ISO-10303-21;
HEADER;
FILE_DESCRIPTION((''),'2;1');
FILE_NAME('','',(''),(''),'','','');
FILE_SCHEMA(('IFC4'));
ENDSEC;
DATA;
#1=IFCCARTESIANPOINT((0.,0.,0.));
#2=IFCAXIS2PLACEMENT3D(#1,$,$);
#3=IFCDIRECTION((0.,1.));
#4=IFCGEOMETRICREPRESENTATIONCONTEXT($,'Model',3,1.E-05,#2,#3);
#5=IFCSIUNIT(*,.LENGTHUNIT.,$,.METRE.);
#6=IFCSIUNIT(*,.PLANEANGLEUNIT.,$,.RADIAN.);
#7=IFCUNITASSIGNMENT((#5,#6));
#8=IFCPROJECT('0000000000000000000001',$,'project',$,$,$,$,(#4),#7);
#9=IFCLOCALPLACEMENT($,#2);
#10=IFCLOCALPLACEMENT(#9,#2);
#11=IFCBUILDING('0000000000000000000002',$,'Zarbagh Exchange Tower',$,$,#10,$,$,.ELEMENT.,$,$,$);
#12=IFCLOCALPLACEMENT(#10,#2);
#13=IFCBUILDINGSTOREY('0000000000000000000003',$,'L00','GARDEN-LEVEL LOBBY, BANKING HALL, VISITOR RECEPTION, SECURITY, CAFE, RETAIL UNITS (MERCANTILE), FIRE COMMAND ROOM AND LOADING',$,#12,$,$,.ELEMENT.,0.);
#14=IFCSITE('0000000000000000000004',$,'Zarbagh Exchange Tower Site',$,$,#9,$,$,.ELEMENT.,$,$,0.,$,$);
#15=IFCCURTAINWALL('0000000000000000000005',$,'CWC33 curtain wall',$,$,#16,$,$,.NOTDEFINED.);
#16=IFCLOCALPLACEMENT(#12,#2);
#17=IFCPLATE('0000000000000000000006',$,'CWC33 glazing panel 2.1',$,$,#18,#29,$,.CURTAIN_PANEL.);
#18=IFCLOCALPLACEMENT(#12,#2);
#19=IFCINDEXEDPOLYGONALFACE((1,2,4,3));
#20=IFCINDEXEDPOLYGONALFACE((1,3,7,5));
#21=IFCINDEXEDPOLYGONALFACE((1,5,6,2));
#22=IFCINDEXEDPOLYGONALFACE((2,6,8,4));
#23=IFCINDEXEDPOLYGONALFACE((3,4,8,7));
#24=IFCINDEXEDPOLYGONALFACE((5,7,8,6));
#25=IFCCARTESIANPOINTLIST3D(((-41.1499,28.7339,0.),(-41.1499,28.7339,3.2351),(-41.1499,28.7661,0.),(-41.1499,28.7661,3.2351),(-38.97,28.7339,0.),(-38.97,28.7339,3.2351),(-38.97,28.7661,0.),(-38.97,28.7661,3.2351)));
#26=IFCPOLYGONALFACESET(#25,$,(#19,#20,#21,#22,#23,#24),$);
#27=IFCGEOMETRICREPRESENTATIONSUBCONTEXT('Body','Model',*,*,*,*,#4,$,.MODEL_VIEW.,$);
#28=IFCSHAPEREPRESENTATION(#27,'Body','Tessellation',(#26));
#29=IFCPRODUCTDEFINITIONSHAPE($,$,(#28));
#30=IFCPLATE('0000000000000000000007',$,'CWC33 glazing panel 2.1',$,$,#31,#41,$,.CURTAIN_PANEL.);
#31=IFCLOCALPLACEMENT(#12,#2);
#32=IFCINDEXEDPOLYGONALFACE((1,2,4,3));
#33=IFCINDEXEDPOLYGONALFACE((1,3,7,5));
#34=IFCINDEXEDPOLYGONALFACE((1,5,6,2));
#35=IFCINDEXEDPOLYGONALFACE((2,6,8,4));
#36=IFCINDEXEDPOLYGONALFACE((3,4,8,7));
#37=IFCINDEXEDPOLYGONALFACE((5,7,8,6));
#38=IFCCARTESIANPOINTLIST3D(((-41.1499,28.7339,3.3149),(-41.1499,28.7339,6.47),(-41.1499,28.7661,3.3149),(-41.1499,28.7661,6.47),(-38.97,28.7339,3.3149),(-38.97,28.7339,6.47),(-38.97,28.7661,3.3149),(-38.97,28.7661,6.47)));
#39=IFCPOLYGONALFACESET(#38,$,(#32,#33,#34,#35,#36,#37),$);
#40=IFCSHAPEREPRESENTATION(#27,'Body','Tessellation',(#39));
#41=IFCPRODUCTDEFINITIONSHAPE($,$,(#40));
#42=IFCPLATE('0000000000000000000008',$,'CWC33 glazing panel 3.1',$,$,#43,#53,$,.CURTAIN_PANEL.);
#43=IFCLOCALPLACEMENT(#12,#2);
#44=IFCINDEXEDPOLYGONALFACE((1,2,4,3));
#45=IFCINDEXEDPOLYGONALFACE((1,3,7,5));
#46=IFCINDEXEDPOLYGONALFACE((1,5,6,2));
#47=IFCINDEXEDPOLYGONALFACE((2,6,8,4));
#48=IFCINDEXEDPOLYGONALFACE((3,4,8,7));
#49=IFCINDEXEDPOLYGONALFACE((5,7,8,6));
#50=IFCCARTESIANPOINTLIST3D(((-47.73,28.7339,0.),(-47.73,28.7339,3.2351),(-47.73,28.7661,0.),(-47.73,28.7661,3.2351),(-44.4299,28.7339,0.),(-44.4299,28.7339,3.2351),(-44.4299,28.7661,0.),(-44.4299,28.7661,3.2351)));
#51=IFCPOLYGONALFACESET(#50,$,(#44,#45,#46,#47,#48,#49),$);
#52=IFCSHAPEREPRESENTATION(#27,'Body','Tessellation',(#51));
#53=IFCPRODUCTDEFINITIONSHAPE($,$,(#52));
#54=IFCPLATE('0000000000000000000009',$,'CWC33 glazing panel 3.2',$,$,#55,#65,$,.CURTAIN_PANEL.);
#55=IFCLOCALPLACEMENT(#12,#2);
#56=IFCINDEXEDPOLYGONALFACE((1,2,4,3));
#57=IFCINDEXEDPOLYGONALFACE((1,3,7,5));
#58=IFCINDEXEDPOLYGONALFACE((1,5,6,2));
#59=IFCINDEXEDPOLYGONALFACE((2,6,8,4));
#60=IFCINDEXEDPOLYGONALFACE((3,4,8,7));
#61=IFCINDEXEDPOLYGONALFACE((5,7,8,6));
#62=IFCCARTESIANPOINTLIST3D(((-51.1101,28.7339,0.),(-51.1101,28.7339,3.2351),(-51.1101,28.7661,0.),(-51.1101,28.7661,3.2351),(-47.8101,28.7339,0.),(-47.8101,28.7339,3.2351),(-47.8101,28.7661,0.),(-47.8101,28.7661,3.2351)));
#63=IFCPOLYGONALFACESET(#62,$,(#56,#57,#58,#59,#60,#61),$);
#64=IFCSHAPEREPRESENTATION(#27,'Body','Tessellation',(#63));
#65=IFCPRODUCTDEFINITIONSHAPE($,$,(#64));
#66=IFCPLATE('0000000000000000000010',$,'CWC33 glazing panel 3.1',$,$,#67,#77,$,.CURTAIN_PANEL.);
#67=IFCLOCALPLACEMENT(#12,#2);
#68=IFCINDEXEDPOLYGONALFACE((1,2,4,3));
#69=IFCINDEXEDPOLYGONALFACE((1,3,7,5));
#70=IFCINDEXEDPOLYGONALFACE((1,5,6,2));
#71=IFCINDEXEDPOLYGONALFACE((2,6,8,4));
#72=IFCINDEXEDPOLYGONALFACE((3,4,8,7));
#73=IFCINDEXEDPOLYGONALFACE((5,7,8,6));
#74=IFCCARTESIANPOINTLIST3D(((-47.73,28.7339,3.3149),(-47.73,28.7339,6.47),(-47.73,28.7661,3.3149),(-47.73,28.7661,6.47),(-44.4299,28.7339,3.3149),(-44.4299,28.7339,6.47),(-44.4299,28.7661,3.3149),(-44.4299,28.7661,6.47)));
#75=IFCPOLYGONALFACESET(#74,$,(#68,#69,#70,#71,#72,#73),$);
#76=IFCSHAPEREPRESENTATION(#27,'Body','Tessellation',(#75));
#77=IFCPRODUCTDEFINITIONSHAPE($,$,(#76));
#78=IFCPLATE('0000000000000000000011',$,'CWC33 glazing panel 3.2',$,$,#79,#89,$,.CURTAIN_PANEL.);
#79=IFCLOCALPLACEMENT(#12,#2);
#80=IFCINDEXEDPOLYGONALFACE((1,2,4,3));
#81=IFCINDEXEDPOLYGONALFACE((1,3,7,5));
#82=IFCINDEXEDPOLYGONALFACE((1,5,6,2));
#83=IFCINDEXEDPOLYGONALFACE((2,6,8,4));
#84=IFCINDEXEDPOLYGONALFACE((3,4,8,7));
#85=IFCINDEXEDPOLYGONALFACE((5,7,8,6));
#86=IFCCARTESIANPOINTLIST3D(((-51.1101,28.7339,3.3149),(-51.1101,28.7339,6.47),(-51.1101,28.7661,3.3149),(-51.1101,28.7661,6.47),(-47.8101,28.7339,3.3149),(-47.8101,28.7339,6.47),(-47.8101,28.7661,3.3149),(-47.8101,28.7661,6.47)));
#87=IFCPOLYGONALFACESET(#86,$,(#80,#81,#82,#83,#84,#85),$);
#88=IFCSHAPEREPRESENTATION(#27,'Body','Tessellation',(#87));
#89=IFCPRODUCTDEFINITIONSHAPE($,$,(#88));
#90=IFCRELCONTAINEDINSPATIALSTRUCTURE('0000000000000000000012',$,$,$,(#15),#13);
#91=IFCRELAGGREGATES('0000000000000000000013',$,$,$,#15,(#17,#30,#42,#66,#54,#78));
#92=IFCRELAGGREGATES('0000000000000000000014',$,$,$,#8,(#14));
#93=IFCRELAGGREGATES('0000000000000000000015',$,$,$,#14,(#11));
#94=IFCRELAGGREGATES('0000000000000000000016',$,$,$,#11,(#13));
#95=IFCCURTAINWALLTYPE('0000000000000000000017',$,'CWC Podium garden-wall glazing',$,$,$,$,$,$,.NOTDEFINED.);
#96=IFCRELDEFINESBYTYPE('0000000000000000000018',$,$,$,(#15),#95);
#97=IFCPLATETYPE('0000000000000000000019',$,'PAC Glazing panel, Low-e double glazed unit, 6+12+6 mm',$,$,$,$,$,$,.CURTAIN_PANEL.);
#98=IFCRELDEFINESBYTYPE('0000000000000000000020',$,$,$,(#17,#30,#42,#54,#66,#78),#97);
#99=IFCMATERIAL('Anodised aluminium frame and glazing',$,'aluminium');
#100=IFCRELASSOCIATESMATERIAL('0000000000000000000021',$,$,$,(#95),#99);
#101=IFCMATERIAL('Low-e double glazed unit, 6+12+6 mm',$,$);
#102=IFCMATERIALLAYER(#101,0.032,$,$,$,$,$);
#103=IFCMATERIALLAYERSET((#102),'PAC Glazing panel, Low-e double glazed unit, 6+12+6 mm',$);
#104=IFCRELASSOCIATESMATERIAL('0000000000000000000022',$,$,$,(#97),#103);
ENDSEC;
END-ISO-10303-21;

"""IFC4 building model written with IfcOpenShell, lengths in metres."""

from ifc_helpers import new_model, si_unit, direction, origin, place, context, subcontext, project, spatial, polyline, outline, extrude, source, transform, mapped, material, layer, layer_set, type_object, element, aggregate, save


model = new_model("IFC4")

# Units and contexts
model_context = context("Model", 3, precision=1e-05, world=origin(), true_north=direction((0.0, 1.0)))
body_context = subcontext(model_context, "Body", "Model", "MODEL_VIEW")
ifc_project = project(units=[si_unit("LENGTHUNIT", "METRE"), si_unit("PLANEANGLEUNIT", "RADIAN")], contexts=[model_context])

# Site, building, storey
site_placement = place(None, origin())
site = spatial("IfcSite", under=ifc_project, at=site_placement, Name="Zarbagh Exchange Tower Site", CompositionType="ELEMENT", RefElevation=0.0)
building_placement = place(site_placement, origin())
building = spatial("IfcBuilding", under=site, at=building_placement, Name="Zarbagh Exchange Tower", CompositionType="ELEMENT")
storey_placement = place(building_placement, origin())
storey = spatial("IfcBuildingStorey", under=building, at=storey_placement, Name="L00", Description="GARDEN-LEVEL LOBBY, BANKING HALL, VISITOR RECEPTION, SECURITY, CAFE, RETAIL UNITS (MERCANTILE), FIRE COMMAND ROOM AND LOADING", CompositionType="ELEMENT", Elevation=0.0)

# Curtain wall
ifc_material_1 = material(Name="Anodised aluminium frame and glazing", Category="aluminium")
curtain_wall_type = type_object("IfcCurtainWallType", Name="CWC Podium garden-wall glazing", PredefinedType="NOTDEFINED", material=ifc_material_1)
curtain_wall_1_placement = place(storey_placement, origin())
curtain_wall_1 = element("IfcCurtainWall", 1, at=curtain_wall_1_placement, inside=storey, type_object=curtain_wall_type, Name="CWC33 curtain wall", PredefinedType="NOTDEFINED")
placement = place(storey_placement, origin())

# Plates
ifc_material_2 = material(Name="Low-e double glazed unit, 6+12+6 mm")
ifc_layer = layer(ifc_material_2, 0.032)
ifc_layer_set = layer_set([ifc_layer], Name="PAC Glazing panel, Low-e double glazed unit, 6+12+6 mm")
plate_type = type_object("IfcPlateType", Name="PAC Glazing panel, Low-e double glazed unit, 6+12+6 mm", PredefinedType="CURTAIN_PANEL", material=ifc_layer_set)
shared_shape_1 = source(origin(), body_context, "Body", "SweptSolid", [
    extrude(outline(polyline([(0.0, -0.0161), (2.1799, -0.0161), (2.1799, 0.0161), (0.0, 0.0161), (0.0, -0.0161)])), origin(), (0.0, 0.0, 1.0), 3.2351),
])
plate_1 = element("IfcPlate", 2, at=placement, type_object=plate_type, Name="CWC33 glazing panel 2.1", PredefinedType="CURTAIN_PANEL", context=body_context, shape_type="MappedRepresentation", body=[
    mapped(shared_shape_1, transform((-38.97, 28.75, 0.0), x_axis=(-1.0, 0.0, 0.0), y_axis=(0.0, -1.0, 0.0), z_axis=(0.0, 0.0, 1.0))),
])
shared_shape_2 = source(origin(), body_context, "Body", "SweptSolid", [
    extrude(outline(polyline([(0.0, -0.0161), (2.1799, -0.0161), (2.1799, 0.0161), (0.0, 0.0161), (0.0, -0.0161)])), origin(), (0.0, 0.0, 1.0), 3.155),
])
plate_2 = element("IfcPlate", 3, at=placement, type_object=plate_type, Name="CWC33 glazing panel 2.1", PredefinedType="CURTAIN_PANEL", context=body_context, shape_type="MappedRepresentation", body=[
    mapped(shared_shape_2, transform((-38.97, 28.75, 3.3149), x_axis=(-1.0, 0.0, 0.0), y_axis=(0.0, -1.0, 0.0), z_axis=(0.0, 0.0, 1.0))),
])
shared_shape_3 = source(origin(), body_context, "Body", "SweptSolid", [
    extrude(outline(polyline([(0.0, -0.0161), (3.3, -0.0161), (3.3, 0.0161), (0.0, 0.0161), (0.0, -0.0161)])), origin(), (0.0, 0.0, 1.0), 3.2351),
])
plate_3 = element("IfcPlate", 4, at=placement, type_object=plate_type, Name="CWC33 glazing panel 3.1", PredefinedType="CURTAIN_PANEL", context=body_context, shape_type="MappedRepresentation", body=[
    mapped(shared_shape_3, transform((-44.4299, 28.75, 0.0), x_axis=(-1.0, 0.0, 0.0), y_axis=(0.0, -1.0, 0.0), z_axis=(0.0, 0.0, 1.0))),
])
plate_4 = element("IfcPlate", 5, at=placement, type_object=plate_type, Name="CWC33 glazing panel 3.2", PredefinedType="CURTAIN_PANEL", context=body_context, shape_type="MappedRepresentation", body=[
    mapped(shared_shape_3, transform((-47.8101, 28.75, 0.0), x_axis=(-1.0, 0.0, 0.0), y_axis=(0.0, -1.0, 0.0), z_axis=(0.0, 0.0, 1.0))),
])
shared_shape_4 = source(origin(), body_context, "Body", "SweptSolid", [
    extrude(outline(polyline([(0.0, -0.0161), (3.3, -0.0161), (3.3, 0.0161), (0.0, 0.0161), (0.0, -0.0161)])), origin(), (0.0, 0.0, 1.0), 3.155),
])
plate_5 = element("IfcPlate", 6, at=placement, type_object=plate_type, Name="CWC33 glazing panel 3.1", PredefinedType="CURTAIN_PANEL", context=body_context, shape_type="MappedRepresentation", body=[
    mapped(shared_shape_4, transform((-44.4299, 28.75, 3.3149), x_axis=(-1.0, 0.0, 0.0), y_axis=(0.0, -1.0, 0.0), z_axis=(0.0, 0.0, 1.0))),
])
plate_6 = element("IfcPlate", 7, at=placement, type_object=plate_type, Name="CWC33 glazing panel 3.2", PredefinedType="CURTAIN_PANEL", context=body_context, shape_type="MappedRepresentation", body=[
    mapped(shared_shape_4, transform((-47.8101, 28.75, 3.3149), x_axis=(-1.0, 0.0, 0.0), y_axis=(0.0, -1.0, 0.0), z_axis=(0.0, 0.0, 1.0))),
])
aggregate(curtain_wall_1, [plate_1, plate_2, plate_3, plate_5, plate_4, plate_6])

save(model, "model.ifc")
